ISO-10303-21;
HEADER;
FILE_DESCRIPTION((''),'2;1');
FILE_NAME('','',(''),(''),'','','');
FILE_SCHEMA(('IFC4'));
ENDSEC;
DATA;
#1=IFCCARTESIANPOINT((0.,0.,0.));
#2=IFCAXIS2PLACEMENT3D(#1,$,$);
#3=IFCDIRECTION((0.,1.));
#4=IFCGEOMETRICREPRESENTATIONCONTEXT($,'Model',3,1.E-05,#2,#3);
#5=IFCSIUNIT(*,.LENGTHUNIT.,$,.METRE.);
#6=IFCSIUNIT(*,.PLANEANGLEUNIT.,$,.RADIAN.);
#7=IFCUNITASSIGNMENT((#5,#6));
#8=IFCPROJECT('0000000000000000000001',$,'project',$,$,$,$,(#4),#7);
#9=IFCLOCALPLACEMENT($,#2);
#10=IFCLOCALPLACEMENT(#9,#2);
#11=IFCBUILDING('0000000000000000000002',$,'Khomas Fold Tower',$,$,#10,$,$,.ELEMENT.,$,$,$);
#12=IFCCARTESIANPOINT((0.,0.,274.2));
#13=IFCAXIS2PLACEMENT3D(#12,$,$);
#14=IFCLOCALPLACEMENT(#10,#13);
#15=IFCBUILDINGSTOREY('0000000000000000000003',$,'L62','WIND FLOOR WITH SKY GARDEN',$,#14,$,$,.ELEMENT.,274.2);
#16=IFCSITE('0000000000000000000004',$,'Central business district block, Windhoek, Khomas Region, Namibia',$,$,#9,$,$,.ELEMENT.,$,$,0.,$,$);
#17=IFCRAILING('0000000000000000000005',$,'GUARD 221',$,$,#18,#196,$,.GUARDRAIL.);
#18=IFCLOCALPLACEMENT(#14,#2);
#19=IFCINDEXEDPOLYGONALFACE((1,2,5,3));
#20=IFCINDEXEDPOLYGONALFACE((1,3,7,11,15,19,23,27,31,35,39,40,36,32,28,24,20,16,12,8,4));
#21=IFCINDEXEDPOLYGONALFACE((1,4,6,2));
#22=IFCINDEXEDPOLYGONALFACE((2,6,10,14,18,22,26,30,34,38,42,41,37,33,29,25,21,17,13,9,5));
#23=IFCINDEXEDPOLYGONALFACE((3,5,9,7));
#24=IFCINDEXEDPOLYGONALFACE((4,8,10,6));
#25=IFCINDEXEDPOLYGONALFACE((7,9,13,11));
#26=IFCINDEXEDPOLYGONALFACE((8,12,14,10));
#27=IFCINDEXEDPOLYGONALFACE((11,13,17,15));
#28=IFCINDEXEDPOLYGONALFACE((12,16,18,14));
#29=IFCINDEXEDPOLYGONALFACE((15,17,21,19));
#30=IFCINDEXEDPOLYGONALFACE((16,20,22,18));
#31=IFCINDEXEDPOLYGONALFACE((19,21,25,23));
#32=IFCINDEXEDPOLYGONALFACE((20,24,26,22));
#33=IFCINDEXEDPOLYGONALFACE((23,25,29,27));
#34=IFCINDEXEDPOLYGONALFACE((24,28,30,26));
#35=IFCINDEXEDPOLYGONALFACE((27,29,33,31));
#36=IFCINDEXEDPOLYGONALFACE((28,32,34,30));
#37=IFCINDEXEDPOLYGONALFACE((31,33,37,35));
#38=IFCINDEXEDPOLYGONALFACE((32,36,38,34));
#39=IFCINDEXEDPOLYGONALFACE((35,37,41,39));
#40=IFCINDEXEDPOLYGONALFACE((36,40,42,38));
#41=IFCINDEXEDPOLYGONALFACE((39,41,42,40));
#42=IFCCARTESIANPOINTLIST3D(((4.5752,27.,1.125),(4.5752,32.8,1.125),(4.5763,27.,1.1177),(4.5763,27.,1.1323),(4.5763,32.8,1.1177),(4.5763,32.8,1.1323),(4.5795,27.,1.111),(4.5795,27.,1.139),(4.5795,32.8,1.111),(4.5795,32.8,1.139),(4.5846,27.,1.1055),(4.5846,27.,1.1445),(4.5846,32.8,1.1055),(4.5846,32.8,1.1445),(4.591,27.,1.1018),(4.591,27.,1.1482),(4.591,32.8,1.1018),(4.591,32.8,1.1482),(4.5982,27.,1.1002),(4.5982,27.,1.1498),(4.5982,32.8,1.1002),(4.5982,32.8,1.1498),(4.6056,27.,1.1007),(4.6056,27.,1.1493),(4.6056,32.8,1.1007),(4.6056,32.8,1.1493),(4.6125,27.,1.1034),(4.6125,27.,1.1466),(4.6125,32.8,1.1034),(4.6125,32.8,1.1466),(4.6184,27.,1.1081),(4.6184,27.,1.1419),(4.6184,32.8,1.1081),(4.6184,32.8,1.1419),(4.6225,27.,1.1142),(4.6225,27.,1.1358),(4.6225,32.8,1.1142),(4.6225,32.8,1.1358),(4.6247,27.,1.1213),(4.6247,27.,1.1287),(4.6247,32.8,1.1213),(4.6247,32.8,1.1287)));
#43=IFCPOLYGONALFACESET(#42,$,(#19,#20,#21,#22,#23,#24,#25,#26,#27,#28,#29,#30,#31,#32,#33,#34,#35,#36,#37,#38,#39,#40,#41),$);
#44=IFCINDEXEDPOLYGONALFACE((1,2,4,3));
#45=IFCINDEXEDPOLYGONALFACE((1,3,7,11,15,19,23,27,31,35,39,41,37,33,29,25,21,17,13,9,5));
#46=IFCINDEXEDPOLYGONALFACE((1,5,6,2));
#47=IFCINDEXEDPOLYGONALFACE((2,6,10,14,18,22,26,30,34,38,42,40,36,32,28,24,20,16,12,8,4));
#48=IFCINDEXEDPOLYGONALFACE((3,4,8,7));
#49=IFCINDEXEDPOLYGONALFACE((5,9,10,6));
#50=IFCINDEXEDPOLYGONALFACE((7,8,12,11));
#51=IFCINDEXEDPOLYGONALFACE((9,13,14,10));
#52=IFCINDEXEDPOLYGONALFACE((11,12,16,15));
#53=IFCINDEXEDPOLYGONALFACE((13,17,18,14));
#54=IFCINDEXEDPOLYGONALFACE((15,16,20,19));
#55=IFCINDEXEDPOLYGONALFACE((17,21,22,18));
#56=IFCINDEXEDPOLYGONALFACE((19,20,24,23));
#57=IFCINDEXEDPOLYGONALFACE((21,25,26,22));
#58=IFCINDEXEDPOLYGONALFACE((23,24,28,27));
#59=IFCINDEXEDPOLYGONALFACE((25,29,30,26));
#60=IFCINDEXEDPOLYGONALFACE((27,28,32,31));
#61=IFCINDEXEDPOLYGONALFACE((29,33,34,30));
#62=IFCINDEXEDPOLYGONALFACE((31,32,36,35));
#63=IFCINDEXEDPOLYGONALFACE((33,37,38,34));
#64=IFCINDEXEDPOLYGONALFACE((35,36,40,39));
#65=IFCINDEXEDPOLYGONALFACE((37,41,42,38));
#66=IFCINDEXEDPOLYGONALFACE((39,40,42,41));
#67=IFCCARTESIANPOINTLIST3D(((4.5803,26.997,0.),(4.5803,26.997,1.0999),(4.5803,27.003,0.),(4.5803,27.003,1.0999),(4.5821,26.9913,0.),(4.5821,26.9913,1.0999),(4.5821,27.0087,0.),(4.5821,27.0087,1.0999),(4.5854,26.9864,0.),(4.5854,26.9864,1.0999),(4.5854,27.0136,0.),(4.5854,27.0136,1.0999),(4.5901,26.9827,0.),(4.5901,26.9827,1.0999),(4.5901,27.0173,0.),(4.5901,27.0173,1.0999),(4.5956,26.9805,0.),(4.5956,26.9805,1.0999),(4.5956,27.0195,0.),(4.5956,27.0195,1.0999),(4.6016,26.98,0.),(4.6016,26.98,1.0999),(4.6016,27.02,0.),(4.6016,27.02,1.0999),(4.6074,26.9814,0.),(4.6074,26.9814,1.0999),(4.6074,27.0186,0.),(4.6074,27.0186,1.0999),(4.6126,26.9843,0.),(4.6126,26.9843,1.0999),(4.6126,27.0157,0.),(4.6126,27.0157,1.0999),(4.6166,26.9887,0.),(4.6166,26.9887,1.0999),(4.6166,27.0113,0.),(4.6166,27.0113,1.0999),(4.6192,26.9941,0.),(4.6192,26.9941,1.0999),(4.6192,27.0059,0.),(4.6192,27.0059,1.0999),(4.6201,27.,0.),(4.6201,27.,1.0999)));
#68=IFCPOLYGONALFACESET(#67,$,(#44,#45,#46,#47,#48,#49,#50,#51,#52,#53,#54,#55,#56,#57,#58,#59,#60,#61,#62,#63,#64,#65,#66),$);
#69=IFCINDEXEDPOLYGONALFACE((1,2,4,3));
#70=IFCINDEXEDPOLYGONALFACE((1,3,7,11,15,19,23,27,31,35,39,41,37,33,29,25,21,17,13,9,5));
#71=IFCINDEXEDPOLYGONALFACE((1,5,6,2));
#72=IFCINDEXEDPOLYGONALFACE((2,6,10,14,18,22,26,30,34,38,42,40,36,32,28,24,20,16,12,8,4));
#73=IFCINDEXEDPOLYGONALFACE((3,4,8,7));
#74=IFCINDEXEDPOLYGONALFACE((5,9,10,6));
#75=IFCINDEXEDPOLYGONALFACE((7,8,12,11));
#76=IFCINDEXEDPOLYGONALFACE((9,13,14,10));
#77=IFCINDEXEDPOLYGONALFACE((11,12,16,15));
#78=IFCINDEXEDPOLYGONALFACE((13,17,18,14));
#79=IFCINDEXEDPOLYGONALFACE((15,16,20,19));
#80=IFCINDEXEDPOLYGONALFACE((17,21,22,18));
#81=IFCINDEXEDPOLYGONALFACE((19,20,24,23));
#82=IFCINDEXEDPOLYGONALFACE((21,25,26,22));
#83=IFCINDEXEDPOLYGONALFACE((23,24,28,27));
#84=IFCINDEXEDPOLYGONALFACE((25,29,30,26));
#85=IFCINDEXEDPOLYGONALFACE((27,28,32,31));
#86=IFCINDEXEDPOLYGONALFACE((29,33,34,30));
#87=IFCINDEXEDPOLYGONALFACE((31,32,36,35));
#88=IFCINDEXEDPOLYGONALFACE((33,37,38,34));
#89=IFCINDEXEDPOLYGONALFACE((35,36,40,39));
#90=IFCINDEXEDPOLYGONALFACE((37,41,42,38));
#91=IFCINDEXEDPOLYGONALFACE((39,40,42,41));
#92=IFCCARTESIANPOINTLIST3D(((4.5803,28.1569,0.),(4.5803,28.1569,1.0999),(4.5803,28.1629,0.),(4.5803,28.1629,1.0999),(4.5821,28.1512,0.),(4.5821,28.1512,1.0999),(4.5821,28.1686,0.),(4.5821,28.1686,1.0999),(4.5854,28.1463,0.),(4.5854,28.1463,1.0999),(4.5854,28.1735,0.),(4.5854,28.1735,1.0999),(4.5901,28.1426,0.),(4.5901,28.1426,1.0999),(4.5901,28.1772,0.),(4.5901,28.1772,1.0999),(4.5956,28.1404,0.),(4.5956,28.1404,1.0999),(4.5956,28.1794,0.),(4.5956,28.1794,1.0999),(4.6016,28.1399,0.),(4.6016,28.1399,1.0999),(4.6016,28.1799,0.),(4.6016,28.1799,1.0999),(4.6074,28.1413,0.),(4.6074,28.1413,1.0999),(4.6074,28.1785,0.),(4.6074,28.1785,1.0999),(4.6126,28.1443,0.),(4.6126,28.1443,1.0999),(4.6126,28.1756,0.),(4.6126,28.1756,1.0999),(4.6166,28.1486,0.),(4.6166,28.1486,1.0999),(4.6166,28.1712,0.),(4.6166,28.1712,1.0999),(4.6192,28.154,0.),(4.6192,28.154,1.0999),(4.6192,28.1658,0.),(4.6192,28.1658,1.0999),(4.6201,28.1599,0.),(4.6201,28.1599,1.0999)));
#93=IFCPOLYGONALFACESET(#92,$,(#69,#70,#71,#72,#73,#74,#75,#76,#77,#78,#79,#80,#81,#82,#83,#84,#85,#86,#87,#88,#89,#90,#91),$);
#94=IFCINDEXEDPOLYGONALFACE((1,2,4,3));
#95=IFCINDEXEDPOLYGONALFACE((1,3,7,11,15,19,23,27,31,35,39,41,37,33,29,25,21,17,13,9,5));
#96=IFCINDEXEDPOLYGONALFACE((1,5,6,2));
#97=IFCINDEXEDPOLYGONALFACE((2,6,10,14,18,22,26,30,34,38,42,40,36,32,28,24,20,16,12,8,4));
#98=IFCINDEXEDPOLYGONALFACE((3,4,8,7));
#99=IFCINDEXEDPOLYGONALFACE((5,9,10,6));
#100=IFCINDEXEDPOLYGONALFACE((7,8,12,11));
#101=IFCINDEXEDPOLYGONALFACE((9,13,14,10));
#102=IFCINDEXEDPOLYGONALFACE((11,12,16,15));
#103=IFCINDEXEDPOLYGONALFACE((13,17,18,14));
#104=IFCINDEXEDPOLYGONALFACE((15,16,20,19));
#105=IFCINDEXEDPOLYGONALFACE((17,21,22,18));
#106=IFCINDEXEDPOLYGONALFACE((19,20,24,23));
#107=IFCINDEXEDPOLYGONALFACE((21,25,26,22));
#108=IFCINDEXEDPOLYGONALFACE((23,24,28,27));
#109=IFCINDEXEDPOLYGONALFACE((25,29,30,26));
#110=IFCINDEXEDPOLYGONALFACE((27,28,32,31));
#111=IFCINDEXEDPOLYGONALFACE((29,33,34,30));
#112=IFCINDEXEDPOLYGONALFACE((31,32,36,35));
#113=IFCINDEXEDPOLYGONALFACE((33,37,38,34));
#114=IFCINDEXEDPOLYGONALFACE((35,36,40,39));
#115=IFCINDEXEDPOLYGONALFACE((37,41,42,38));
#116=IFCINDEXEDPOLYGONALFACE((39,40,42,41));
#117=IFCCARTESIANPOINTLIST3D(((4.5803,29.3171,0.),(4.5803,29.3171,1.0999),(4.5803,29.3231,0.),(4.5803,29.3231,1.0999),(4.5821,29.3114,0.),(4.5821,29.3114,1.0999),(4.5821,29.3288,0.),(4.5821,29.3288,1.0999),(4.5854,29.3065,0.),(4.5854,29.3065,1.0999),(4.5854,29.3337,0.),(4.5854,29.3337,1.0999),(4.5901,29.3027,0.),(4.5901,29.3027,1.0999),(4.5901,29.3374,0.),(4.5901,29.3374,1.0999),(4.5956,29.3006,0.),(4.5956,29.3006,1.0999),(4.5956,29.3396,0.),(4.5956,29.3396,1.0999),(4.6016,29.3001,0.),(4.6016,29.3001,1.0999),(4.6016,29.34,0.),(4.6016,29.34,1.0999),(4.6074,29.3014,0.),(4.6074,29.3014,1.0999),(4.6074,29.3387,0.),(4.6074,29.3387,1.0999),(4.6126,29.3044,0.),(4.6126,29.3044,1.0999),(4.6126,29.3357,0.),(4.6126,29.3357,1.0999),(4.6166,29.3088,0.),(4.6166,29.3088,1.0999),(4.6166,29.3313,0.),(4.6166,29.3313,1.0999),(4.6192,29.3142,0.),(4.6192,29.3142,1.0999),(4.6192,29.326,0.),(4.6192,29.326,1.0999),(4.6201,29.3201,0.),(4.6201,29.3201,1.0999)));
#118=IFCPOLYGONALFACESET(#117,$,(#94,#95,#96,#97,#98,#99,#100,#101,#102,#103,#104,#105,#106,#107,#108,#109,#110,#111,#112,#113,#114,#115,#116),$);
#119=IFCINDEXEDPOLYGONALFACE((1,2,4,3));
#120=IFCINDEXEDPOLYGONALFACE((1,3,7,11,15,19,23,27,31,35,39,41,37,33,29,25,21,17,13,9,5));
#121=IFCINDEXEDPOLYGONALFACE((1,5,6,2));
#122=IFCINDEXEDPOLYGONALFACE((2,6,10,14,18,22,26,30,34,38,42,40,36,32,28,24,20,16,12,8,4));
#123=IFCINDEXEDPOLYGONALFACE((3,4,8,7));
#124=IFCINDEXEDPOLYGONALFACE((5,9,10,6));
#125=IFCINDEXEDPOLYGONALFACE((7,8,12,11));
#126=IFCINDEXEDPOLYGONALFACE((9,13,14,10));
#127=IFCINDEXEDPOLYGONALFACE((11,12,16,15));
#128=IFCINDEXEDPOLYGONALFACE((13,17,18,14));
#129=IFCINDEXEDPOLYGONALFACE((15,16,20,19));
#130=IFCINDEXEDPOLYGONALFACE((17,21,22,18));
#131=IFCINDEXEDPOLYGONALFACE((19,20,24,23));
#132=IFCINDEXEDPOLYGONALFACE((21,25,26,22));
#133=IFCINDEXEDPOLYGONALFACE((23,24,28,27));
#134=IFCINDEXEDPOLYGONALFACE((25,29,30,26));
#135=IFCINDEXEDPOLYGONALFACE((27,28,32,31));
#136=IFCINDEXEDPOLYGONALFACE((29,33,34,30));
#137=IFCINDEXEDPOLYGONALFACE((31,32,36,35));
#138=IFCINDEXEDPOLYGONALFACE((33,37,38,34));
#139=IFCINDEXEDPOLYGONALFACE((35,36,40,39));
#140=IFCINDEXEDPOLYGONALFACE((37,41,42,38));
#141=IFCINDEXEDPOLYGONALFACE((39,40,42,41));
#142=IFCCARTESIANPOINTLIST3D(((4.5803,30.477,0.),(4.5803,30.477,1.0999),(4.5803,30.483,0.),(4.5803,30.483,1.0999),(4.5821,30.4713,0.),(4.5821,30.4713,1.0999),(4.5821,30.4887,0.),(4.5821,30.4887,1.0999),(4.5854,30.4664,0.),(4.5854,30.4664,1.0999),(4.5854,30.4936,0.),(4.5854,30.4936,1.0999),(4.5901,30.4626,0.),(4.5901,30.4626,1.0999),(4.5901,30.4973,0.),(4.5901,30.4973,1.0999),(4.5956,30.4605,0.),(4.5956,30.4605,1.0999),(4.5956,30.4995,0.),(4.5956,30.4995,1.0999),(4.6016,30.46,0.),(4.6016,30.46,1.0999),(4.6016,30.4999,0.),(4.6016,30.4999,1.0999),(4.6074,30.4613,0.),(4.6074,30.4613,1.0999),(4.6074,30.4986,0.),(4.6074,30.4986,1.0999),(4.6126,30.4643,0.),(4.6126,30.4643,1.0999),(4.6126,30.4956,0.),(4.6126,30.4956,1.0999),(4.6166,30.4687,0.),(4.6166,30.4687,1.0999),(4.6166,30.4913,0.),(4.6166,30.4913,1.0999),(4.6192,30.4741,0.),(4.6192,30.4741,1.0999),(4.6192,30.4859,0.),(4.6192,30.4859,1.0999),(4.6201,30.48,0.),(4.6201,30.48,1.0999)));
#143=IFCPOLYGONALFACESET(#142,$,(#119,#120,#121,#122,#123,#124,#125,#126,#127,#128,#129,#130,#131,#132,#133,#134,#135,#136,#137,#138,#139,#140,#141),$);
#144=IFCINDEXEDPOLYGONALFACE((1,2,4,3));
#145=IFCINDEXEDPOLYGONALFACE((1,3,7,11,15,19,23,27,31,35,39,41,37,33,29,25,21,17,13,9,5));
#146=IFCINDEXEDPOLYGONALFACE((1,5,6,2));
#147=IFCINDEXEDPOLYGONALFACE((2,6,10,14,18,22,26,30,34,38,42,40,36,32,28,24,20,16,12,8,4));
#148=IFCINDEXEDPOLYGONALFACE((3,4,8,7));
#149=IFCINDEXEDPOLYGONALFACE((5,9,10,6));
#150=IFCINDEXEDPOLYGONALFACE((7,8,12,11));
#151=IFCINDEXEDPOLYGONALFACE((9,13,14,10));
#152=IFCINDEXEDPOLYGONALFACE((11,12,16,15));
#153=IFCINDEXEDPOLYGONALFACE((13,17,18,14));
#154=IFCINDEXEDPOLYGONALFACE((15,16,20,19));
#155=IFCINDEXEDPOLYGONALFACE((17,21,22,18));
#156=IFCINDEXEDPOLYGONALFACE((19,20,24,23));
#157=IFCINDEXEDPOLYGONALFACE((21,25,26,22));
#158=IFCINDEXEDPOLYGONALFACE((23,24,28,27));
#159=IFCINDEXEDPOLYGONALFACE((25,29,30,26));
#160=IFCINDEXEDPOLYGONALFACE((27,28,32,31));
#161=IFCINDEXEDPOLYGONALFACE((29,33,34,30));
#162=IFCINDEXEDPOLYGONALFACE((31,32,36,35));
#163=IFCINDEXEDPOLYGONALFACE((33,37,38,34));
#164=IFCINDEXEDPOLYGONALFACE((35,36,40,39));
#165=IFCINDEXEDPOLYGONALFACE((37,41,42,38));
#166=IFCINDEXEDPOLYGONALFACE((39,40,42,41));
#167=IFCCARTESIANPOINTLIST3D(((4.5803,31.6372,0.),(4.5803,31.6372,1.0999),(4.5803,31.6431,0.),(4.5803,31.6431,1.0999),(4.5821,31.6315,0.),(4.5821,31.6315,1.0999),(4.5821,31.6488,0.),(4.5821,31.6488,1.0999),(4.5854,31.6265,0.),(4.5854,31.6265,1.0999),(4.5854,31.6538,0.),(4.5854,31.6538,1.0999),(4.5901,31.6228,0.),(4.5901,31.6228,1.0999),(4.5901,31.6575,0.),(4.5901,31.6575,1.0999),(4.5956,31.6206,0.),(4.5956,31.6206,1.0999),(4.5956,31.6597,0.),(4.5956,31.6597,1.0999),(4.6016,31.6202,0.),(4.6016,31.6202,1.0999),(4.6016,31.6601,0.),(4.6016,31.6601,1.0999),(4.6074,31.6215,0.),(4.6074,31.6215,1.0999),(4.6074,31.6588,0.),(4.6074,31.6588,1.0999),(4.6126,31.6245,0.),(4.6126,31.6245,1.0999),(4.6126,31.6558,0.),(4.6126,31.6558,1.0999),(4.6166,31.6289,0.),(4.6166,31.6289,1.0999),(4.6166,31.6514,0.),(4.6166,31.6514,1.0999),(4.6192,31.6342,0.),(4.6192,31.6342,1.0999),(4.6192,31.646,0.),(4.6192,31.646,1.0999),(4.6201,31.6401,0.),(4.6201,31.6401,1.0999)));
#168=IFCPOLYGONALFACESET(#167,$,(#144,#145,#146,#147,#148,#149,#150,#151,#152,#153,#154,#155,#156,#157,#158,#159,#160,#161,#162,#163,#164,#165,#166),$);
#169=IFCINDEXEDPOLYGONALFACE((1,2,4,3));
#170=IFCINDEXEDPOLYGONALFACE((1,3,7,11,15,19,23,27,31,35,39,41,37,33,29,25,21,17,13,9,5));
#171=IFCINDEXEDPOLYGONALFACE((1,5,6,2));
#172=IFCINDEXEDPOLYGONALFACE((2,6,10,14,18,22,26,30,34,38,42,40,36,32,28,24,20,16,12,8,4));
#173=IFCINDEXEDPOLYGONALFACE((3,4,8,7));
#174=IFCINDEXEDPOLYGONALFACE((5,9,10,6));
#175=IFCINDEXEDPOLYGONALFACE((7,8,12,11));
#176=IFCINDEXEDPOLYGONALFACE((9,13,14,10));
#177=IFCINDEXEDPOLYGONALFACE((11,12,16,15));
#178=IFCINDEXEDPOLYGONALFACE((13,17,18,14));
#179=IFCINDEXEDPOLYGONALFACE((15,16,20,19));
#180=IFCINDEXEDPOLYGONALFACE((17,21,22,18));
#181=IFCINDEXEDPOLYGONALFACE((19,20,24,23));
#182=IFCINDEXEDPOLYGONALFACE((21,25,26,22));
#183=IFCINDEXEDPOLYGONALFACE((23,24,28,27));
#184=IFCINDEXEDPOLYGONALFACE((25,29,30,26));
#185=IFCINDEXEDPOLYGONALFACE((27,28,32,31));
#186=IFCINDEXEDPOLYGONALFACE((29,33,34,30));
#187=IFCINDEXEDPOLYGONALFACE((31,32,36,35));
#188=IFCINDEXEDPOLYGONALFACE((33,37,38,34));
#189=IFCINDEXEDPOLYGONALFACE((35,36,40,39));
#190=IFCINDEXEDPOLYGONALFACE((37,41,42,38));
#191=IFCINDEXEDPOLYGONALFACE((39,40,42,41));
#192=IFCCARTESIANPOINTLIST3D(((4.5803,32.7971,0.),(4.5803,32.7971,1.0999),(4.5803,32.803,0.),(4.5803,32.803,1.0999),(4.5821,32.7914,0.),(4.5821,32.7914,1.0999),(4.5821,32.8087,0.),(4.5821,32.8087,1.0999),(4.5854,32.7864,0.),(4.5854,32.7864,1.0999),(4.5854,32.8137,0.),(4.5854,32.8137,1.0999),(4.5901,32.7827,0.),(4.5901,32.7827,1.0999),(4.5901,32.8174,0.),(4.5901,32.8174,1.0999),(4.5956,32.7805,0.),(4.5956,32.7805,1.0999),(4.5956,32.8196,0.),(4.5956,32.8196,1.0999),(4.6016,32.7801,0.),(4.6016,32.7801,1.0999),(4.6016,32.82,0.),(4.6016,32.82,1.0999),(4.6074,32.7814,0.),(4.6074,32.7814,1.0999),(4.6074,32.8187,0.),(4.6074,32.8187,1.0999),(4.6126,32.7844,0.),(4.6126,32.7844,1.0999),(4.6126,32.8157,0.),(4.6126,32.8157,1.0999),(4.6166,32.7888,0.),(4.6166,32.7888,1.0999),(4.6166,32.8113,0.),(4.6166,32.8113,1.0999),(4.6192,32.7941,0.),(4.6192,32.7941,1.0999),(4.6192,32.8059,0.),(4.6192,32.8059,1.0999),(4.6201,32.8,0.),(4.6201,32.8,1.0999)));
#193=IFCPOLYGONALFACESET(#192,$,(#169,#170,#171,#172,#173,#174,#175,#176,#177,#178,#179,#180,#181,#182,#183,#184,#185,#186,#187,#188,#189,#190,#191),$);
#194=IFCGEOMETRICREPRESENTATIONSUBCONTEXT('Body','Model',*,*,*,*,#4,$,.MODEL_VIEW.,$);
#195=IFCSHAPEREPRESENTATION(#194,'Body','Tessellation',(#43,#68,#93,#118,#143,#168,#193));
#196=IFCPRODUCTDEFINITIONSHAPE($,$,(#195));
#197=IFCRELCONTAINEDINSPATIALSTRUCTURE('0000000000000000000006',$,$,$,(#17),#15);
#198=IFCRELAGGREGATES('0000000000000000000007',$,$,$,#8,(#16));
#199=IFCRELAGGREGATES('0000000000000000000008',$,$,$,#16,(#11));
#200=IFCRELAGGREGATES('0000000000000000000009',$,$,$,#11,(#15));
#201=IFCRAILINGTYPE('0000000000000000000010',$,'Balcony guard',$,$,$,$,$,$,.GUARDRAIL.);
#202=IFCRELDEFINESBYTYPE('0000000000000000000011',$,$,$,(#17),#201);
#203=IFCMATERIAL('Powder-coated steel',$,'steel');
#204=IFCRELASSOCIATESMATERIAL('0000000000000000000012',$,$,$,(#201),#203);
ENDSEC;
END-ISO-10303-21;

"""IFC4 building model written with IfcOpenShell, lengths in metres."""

from ifc_helpers import new_model, si_unit, direction, frame, origin, origin_2d, place, context, subcontext, project, spatial, circle, extrude, source, transform, mapped, material, type_object, element, save


model = new_model("IFC4")

# Units and contexts
model_context = context("Model", 3, precision=1e-05, world=origin(), true_north=direction((0.0, 1.0)))
body_context = subcontext(model_context, "Body", "Model", "MODEL_VIEW")
ifc_project = project(units=[si_unit("LENGTHUNIT", "METRE"), si_unit("PLANEANGLEUNIT", "RADIAN")], contexts=[model_context])

# Site, building, storey
site_placement = place(None, origin())
site = spatial("IfcSite", under=ifc_project, at=site_placement, Name="Central business district block, Windhoek, Khomas Region, Namibia", CompositionType="ELEMENT", RefElevation=0.0)
building_placement = place(site_placement, origin())
building = spatial("IfcBuilding", under=site, at=building_placement, Name="Khomas Fold Tower", CompositionType="ELEMENT")
storey_placement = place(building_placement, frame((0.0, 0.0, 274.2)))
storey = spatial("IfcBuildingStorey", under=building, at=storey_placement, Name="L62", Description="WIND FLOOR WITH SKY GARDEN", CompositionType="ELEMENT", Elevation=274.2)

# Railing
ifc_material_1 = material(Name="Powder-coated steel", Category="steel")
railing_type = type_object("IfcRailingType", Name="Balcony guard", PredefinedType="GUARDRAIL", material=ifc_material_1)
shared_shape_1 = source(origin(), body_context, "Body", "SweptSolid", [
    extrude(circle(Radius=0.0249, at=origin_2d()), frame((0.0, 0.0, 1.125), z_axis=(0.0, 1.0, 0.0), x_axis=(-1.0, 0.0, 0.0)), (0.0, 0.0, 1.0), 5.8),
    extrude(circle(Radius=0.02, at=origin_2d()), origin(), (0.0, 0.0, 1.0), 1.0999),
    extrude(circle(Radius=0.02, at=origin_2d()), frame((0.0, 1.1599, 0.0)), (0.0, 0.0, 1.0), 1.0999),
    extrude(circle(Radius=0.02, at=origin_2d()), frame((0.0, 2.3201, 0.0)), (0.0, 0.0, 1.0), 1.0999),
    extrude(circle(Radius=0.02, at=origin_2d()), frame((0.0, 3.48, 0.0)), (0.0, 0.0, 1.0), 1.0999),
    extrude(circle(Radius=0.02, at=origin_2d()), frame((0.0, 4.6401, 0.0)), (0.0, 0.0, 1.0), 1.0999),
    extrude(circle(Radius=0.02, at=origin_2d()), frame((0.0, 5.8, 0.0)), (0.0, 0.0, 1.0), 1.0999),
])
for number, where, name in (
    (1, (4.6001, 27.0, 0.0), "GUARD 221"),
):
    element("IfcRailing", number, at=place(storey_placement, frame(where)), inside=storey, type_object=railing_type, Name=name, PredefinedType="GUARDRAIL", context=body_context, shape_type="MappedRepresentation", body=[
        mapped(shared_shape_1, transform((0.0, 0.0, 0.0))),
    ])

save(model, "model.ifc")
